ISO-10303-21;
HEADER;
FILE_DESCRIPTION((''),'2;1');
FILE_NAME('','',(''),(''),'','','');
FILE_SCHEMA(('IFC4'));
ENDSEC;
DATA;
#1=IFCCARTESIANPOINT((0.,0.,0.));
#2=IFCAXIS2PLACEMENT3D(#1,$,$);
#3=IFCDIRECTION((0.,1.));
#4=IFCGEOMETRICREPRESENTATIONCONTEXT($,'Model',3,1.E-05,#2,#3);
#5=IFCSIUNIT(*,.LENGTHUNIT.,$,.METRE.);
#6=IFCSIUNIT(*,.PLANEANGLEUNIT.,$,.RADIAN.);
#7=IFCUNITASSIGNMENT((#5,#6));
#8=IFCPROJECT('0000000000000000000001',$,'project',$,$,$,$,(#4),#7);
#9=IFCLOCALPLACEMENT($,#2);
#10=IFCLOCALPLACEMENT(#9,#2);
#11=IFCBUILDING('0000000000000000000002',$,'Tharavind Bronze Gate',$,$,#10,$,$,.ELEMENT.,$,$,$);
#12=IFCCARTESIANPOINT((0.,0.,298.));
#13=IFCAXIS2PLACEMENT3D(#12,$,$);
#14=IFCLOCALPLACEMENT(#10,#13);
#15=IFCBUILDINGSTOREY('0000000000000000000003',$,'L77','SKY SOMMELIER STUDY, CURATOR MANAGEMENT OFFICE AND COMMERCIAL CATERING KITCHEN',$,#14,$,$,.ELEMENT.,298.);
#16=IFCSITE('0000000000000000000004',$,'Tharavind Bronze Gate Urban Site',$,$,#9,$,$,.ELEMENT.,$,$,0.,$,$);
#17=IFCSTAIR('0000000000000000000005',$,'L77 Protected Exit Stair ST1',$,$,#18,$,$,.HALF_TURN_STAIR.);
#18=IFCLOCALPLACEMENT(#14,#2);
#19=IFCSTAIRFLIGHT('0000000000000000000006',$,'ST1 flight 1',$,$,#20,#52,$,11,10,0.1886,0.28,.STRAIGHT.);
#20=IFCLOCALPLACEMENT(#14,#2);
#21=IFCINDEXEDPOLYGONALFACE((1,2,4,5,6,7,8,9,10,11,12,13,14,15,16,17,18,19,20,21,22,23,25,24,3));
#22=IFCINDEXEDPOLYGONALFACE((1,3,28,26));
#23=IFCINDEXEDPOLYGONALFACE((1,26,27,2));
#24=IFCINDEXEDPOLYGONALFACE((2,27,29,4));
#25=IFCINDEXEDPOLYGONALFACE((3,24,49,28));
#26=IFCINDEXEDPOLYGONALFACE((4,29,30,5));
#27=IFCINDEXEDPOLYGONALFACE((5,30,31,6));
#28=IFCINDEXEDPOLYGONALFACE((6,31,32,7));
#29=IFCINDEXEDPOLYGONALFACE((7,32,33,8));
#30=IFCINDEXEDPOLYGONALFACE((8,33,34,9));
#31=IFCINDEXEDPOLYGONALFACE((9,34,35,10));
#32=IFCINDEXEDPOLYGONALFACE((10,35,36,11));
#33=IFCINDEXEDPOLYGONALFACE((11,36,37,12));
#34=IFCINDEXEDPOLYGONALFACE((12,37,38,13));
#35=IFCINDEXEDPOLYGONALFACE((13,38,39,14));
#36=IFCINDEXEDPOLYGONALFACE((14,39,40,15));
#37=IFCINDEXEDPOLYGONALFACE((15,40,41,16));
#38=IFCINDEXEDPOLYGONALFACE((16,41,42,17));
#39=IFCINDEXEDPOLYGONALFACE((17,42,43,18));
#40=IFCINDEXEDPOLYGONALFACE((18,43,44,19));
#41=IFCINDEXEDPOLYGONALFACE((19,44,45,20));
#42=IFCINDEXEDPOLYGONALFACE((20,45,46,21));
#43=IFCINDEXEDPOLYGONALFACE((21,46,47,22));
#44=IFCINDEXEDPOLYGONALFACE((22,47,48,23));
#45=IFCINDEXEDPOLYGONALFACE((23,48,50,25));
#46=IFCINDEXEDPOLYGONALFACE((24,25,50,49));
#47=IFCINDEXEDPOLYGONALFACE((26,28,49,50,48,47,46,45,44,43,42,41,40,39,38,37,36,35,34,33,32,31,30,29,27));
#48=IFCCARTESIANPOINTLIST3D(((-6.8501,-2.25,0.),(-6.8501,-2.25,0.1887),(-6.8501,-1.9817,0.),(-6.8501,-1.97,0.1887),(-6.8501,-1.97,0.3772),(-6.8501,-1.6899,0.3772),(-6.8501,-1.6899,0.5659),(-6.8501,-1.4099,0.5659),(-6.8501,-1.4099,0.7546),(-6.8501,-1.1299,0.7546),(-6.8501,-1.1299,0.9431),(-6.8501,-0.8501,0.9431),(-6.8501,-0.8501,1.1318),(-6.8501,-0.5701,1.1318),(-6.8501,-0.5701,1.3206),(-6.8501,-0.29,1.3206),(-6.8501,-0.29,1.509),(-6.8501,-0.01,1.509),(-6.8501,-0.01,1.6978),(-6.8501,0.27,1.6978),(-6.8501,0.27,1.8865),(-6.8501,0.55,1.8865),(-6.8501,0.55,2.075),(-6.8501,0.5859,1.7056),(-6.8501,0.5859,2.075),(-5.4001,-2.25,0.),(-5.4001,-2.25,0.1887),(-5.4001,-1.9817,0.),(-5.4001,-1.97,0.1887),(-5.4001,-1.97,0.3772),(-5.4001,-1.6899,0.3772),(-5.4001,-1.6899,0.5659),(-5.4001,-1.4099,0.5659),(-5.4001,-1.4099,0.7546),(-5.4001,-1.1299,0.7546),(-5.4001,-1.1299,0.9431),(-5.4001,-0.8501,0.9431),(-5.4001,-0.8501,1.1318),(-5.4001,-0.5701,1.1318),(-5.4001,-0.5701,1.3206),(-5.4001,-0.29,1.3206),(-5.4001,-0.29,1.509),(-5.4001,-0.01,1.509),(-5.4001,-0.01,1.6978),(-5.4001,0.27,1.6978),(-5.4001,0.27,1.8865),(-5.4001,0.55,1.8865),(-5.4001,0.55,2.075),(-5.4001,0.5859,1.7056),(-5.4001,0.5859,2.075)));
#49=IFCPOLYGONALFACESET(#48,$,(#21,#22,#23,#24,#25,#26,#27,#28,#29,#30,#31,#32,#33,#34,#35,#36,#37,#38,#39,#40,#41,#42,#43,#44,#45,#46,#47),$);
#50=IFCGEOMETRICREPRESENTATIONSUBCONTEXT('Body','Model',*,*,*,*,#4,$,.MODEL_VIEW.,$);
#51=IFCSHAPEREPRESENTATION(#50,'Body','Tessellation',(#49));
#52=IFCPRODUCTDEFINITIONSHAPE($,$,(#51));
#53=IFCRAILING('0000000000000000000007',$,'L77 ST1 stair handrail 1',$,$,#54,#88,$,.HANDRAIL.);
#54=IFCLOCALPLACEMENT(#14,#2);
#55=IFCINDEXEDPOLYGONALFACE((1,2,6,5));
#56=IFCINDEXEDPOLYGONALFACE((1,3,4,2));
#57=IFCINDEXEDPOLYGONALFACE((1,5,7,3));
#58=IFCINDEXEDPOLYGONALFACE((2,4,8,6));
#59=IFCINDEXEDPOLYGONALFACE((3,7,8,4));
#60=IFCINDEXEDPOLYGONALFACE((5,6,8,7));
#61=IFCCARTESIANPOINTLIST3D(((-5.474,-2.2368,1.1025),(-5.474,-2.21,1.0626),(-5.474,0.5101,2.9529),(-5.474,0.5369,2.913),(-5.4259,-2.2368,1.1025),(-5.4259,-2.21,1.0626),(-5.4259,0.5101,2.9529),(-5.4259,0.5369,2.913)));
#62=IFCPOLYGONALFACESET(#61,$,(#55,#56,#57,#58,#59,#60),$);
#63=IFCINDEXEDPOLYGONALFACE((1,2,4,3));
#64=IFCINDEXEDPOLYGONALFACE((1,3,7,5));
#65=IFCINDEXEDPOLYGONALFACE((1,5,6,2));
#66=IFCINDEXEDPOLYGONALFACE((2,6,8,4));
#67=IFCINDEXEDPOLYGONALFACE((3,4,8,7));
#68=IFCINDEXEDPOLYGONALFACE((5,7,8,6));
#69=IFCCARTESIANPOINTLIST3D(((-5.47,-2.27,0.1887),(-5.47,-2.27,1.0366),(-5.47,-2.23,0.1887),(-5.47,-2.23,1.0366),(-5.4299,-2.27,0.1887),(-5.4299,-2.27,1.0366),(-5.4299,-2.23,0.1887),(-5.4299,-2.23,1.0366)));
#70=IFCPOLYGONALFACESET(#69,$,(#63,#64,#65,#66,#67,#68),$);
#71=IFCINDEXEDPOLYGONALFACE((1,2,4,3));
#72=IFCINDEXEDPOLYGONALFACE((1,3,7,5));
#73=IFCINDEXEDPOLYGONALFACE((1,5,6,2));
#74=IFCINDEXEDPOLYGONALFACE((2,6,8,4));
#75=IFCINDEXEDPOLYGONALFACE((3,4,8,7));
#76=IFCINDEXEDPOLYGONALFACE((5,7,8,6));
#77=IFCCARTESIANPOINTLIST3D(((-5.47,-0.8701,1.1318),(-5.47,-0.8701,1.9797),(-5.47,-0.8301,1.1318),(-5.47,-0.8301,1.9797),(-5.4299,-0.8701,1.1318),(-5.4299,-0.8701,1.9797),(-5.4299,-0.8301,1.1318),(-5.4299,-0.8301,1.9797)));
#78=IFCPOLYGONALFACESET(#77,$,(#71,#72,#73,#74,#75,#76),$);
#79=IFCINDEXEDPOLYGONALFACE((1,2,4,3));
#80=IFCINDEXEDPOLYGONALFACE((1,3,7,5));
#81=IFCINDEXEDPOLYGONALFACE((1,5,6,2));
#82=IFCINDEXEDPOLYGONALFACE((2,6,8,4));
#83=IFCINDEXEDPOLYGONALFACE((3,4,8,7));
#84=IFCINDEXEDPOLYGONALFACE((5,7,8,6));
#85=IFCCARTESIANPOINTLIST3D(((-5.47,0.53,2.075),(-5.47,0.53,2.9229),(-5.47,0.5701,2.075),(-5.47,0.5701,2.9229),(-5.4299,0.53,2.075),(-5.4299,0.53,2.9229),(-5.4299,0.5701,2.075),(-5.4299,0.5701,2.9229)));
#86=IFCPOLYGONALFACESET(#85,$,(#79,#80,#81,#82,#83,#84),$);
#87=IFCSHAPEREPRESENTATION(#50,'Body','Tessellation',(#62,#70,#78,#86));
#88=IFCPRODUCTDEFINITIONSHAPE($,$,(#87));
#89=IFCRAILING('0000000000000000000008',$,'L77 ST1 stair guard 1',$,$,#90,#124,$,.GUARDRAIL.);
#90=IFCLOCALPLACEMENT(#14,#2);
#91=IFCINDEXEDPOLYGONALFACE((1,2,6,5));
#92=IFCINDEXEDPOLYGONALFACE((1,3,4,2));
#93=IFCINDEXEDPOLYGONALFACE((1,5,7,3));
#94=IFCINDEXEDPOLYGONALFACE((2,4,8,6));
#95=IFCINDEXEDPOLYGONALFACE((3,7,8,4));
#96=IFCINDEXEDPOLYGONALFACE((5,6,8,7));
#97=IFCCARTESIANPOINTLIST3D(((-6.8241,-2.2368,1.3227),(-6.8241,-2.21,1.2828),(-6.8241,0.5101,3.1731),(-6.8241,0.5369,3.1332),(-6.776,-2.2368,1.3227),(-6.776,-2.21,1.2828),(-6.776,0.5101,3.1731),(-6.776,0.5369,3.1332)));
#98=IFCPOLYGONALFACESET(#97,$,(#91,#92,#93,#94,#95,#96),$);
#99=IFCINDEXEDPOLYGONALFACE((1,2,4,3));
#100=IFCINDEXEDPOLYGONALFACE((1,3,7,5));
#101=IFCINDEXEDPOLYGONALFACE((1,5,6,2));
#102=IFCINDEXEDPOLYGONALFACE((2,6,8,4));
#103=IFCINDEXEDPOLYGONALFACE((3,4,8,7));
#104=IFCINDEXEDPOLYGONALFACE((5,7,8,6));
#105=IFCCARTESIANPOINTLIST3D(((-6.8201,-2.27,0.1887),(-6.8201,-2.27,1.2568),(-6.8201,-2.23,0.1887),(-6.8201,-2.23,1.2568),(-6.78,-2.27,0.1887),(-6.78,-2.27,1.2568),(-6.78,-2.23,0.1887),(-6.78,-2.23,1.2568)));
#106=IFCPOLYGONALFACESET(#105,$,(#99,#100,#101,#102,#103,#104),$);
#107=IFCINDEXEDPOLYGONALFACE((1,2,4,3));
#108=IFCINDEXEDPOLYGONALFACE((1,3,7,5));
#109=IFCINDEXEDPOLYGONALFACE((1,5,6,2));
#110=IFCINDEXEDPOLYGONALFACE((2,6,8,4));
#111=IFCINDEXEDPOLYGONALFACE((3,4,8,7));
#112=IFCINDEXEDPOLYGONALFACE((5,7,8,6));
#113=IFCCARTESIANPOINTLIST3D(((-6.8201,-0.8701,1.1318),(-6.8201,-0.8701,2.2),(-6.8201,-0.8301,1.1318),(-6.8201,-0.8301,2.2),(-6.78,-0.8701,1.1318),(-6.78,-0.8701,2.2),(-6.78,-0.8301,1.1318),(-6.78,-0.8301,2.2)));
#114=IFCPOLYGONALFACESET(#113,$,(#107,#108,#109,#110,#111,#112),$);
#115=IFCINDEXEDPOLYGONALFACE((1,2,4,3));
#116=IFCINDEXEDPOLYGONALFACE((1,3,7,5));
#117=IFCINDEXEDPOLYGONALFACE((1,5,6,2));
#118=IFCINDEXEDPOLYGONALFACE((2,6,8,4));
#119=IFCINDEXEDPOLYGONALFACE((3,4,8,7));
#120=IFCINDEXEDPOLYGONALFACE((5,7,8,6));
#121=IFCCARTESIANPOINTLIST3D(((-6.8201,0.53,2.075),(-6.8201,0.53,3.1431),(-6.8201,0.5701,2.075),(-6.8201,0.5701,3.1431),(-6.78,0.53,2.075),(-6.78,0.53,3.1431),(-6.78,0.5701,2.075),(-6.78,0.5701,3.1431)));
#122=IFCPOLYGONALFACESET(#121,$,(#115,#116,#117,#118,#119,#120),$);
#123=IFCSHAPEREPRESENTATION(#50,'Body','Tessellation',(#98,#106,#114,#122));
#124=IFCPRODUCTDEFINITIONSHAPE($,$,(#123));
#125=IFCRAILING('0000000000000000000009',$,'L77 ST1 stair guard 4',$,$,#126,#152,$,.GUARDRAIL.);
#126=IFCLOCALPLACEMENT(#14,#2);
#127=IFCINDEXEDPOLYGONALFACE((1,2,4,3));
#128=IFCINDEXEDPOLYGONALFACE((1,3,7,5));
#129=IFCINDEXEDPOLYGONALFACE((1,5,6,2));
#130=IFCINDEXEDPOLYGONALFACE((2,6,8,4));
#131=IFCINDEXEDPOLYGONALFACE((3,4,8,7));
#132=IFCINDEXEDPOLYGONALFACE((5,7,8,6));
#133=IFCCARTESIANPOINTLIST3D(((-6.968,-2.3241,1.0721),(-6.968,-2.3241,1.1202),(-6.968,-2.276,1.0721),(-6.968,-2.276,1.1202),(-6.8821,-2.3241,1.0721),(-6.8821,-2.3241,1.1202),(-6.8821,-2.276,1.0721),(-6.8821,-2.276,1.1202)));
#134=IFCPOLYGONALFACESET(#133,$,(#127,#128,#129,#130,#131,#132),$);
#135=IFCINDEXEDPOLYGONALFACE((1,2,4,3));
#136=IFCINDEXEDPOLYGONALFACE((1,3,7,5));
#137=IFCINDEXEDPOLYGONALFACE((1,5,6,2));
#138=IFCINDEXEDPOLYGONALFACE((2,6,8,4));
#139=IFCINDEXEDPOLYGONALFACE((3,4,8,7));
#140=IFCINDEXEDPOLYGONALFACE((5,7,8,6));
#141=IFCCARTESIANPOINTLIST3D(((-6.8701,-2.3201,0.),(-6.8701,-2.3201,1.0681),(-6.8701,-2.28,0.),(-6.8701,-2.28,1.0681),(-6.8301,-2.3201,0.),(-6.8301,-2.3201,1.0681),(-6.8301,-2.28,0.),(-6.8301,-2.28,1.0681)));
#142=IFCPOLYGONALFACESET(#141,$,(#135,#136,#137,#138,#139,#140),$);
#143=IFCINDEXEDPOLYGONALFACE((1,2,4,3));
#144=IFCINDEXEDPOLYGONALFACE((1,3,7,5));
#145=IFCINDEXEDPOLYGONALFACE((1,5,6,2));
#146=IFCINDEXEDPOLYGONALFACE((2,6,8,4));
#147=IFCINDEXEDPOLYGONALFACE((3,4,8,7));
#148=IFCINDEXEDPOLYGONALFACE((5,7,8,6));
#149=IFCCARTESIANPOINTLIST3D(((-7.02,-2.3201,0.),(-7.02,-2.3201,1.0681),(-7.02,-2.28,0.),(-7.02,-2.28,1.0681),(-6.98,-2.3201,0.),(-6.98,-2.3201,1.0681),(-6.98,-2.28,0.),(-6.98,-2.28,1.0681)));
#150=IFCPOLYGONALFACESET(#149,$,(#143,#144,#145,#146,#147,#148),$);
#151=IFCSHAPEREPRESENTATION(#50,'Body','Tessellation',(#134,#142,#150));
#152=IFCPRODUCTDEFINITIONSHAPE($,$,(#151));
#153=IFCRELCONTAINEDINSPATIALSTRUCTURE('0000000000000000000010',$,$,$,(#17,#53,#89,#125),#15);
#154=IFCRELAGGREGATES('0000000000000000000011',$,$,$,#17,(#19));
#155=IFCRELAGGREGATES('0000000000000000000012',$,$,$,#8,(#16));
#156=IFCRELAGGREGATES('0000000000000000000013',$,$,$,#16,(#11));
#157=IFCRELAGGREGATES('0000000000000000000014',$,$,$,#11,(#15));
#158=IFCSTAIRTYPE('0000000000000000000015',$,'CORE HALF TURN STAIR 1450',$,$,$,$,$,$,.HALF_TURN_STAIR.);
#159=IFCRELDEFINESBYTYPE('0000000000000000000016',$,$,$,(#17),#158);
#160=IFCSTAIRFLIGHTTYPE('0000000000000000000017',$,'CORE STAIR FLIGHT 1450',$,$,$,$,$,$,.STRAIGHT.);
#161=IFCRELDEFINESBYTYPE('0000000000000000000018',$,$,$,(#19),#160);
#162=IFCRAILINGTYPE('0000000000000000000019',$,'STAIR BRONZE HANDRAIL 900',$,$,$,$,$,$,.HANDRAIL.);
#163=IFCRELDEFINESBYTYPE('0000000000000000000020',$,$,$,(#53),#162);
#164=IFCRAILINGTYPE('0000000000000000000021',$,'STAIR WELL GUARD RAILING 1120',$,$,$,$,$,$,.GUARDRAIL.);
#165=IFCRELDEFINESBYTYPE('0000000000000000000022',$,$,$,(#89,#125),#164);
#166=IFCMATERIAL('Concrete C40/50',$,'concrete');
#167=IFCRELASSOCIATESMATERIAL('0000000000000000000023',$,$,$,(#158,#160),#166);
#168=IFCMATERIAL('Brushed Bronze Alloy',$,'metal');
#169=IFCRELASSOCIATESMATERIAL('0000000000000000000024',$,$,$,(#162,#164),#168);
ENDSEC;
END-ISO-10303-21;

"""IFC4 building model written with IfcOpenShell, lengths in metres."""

from ifc_helpers import new_model, si_unit, direction, frame, origin, origin_2d, place, context, subcontext, project, spatial, polyline, rectangle, outline, extrude, material, type_object, element, aggregate, save


model = new_model("IFC4")

# Units and contexts
model_context = context("Model", 3, precision=1e-05, world=origin(), true_north=direction((0.0, 1.0)))
body_context = subcontext(model_context, "Body", "Model", "MODEL_VIEW")
ifc_project = project(units=[si_unit("LENGTHUNIT", "METRE"), si_unit("PLANEANGLEUNIT", "RADIAN")], contexts=[model_context])

# Site, building, storey
site_placement = place(None, origin())
site = spatial("IfcSite", under=ifc_project, at=site_placement, Name="Tharavind Bronze Gate Urban Site", CompositionType="ELEMENT", RefElevation=0.0)
building_placement = place(site_placement, origin())
building = spatial("IfcBuilding", under=site, at=building_placement, Name="Tharavind Bronze Gate", CompositionType="ELEMENT")
storey_placement = place(building_placement, frame((0.0, 0.0, 298.0)))
storey = spatial("IfcBuildingStorey", under=building, at=storey_placement, Name="L77", Description="SKY SOMMELIER STUDY, CURATOR MANAGEMENT OFFICE AND COMMERCIAL CATERING KITCHEN", CompositionType="ELEMENT", Elevation=298.0)

# Stair, stair flight
ifc_material_1 = material(Name="Concrete C40/50", Category="concrete")
stair_type = type_object("IfcStairType", Name="CORE HALF TURN STAIR 1450", PredefinedType="HALF_TURN_STAIR", material=ifc_material_1)
stair_placement = place(storey_placement, origin())
stair = element("IfcStair", 1, at=stair_placement, inside=storey, type_object=stair_type, Name="L77 Protected Exit Stair ST1", PredefinedType="HALF_TURN_STAIR")
stair_flight_type = type_object("IfcStairFlightType", Name="CORE STAIR FLIGHT 1450", PredefinedType="STRAIGHT", material=ifc_material_1)
stair_flight_placement = place(storey_placement, frame((-6.125, -2.25, 0.0), z_axis=(0.0, 0.0, 1.0), x_axis=(0.0, 1.0, 0.0)))
stair_flight = element("IfcStairFlight", 2, at=stair_flight_placement, type_object=stair_flight_type, Name="ST1 flight 1", NumberOfRisers=11, NumberOfTreads=10, PredefinedType="STRAIGHT", RiserHeight=0.1886, TreadLength=0.28, context=body_context, shape_type="SweptSolid", body=[
    extrude(outline(polyline([(0.0, 0.0), (0.0, 0.1887), (0.28, 0.1887), (0.28, 0.3772), (0.5601, 0.3772), (0.5601, 0.5659), (0.8401, 0.5659), (0.8401, 0.7546), (1.1201, 0.7546), (1.1201, 0.9431), (1.3999, 0.9431), (1.3999, 1.1318), (1.6799, 1.1318), (1.6799, 1.3206), (1.96, 1.3206), (1.96, 1.509), (2.24, 1.509), (2.24, 1.6978), (2.52, 1.6978), (2.52, 1.8865), (2.8, 1.8865), (2.8, 2.075), (2.8359, 2.075), (2.8359, 1.7056), (0.2683, 0.0), (0.0, 0.0)])), frame((0.0, 0.7251, 0.0), z_axis=(0.0, -1.0, 0.0), x_axis=(1.0, 0.0, 0.0)), (0.0, 0.0, 1.0), 1.45),
])
aggregate(stair, [stair_flight])

# Railings
ifc_material_2 = material(Name="Brushed Bronze Alloy", Category="metal")
railing_type_1 = type_object("IfcRailingType", Name="STAIR BRONZE HANDRAIL 900", PredefinedType="HANDRAIL", material=ifc_material_2)
railing_1_placement = place(storey_placement, frame((-5.45, -2.25, 0.1887)))
element("IfcRailing", 3, at=railing_1_placement, inside=storey, type_object=railing_type_1, Name="L77 ST1 stair handrail 1", PredefinedType="HANDRAIL", context=body_context, shape_type="SweptSolid", body=[
    extrude(rectangle(XDim=0.0481, YDim=0.0481, at=origin_2d()), frame((0.0, 0.0266, 0.8938), z_axis=(0.0, 0.829371, 0.558699), x_axis=(-1.0, 0.0, 0.0)), (0.0, 0.0, 1.0), 3.312),
    extrude(rectangle(XDim=0.04, YDim=0.04, at=origin_2d()), origin(), (0.0, 0.0, 1.0), 0.8479),
    extrude(rectangle(XDim=0.04, YDim=0.04, at=origin_2d()), frame((0.0, 1.3999, 0.9431)), (0.0, 0.0, 1.0), 0.8479),
    extrude(rectangle(XDim=0.04, YDim=0.04, at=origin_2d()), frame((0.0, 2.8, 1.8862)), (0.0, 0.0, 1.0), 0.8479),
])
railing_type_2 = type_object("IfcRailingType", Name="STAIR WELL GUARD RAILING 1120", PredefinedType="GUARDRAIL", material=ifc_material_2)
railing_2_placement = place(storey_placement, frame((-6.8, -2.25, 0.1887)))
element("IfcRailing", 4, at=railing_2_placement, inside=storey, type_object=railing_type_2, Name="L77 ST1 stair guard 1", PredefinedType="GUARDRAIL", context=body_context, shape_type="SweptSolid", body=[
    extrude(rectangle(XDim=0.0481, YDim=0.0481, at=origin_2d()), frame((0.0, 0.0266, 1.114), z_axis=(0.0, 0.829371, 0.558699), x_axis=(-1.0, 0.0, 0.0)), (0.0, 0.0, 1.0), 3.312),
    extrude(rectangle(XDim=0.04, YDim=0.04, at=origin_2d()), origin(), (0.0, 0.0, 1.0), 1.0681),
    extrude(rectangle(XDim=0.04, YDim=0.04, at=origin_2d()), frame((0.0, 1.3999, 0.9431)), (0.0, 0.0, 1.0), 1.0681),
    extrude(rectangle(XDim=0.04, YDim=0.04, at=origin_2d()), frame((0.0, 2.8, 1.8862)), (0.0, 0.0, 1.0), 1.0681),
])
railing_3_placement = place(storey_placement, frame((-6.8501, -2.3, 0.0)))
element("IfcRailing", 5, at=railing_3_placement, inside=storey, type_object=railing_type_2, Name="L77 ST1 stair guard 4", PredefinedType="GUARDRAIL", context=body_context, shape_type="SweptSolid", body=[
    extrude(rectangle(XDim=0.0481, YDim=0.0481, at=origin_2d()), frame((-0.032, 0.0, 1.0962), z_axis=(-1.0, 0.0, 0.0), x_axis=(0.0, -1.0, 0.0)), (0.0, 0.0, 1.0), 0.0859),
    extrude(rectangle(XDim=0.04, YDim=0.04, at=origin_2d()), origin(), (0.0, 0.0, 1.0), 1.0681),
    extrude(rectangle(XDim=0.04, YDim=0.04, at=origin_2d()), frame((-0.1499, 0.0, 0.0)), (0.0, 0.0, 1.0), 1.0681),
])

save(model, "model.ifc")
